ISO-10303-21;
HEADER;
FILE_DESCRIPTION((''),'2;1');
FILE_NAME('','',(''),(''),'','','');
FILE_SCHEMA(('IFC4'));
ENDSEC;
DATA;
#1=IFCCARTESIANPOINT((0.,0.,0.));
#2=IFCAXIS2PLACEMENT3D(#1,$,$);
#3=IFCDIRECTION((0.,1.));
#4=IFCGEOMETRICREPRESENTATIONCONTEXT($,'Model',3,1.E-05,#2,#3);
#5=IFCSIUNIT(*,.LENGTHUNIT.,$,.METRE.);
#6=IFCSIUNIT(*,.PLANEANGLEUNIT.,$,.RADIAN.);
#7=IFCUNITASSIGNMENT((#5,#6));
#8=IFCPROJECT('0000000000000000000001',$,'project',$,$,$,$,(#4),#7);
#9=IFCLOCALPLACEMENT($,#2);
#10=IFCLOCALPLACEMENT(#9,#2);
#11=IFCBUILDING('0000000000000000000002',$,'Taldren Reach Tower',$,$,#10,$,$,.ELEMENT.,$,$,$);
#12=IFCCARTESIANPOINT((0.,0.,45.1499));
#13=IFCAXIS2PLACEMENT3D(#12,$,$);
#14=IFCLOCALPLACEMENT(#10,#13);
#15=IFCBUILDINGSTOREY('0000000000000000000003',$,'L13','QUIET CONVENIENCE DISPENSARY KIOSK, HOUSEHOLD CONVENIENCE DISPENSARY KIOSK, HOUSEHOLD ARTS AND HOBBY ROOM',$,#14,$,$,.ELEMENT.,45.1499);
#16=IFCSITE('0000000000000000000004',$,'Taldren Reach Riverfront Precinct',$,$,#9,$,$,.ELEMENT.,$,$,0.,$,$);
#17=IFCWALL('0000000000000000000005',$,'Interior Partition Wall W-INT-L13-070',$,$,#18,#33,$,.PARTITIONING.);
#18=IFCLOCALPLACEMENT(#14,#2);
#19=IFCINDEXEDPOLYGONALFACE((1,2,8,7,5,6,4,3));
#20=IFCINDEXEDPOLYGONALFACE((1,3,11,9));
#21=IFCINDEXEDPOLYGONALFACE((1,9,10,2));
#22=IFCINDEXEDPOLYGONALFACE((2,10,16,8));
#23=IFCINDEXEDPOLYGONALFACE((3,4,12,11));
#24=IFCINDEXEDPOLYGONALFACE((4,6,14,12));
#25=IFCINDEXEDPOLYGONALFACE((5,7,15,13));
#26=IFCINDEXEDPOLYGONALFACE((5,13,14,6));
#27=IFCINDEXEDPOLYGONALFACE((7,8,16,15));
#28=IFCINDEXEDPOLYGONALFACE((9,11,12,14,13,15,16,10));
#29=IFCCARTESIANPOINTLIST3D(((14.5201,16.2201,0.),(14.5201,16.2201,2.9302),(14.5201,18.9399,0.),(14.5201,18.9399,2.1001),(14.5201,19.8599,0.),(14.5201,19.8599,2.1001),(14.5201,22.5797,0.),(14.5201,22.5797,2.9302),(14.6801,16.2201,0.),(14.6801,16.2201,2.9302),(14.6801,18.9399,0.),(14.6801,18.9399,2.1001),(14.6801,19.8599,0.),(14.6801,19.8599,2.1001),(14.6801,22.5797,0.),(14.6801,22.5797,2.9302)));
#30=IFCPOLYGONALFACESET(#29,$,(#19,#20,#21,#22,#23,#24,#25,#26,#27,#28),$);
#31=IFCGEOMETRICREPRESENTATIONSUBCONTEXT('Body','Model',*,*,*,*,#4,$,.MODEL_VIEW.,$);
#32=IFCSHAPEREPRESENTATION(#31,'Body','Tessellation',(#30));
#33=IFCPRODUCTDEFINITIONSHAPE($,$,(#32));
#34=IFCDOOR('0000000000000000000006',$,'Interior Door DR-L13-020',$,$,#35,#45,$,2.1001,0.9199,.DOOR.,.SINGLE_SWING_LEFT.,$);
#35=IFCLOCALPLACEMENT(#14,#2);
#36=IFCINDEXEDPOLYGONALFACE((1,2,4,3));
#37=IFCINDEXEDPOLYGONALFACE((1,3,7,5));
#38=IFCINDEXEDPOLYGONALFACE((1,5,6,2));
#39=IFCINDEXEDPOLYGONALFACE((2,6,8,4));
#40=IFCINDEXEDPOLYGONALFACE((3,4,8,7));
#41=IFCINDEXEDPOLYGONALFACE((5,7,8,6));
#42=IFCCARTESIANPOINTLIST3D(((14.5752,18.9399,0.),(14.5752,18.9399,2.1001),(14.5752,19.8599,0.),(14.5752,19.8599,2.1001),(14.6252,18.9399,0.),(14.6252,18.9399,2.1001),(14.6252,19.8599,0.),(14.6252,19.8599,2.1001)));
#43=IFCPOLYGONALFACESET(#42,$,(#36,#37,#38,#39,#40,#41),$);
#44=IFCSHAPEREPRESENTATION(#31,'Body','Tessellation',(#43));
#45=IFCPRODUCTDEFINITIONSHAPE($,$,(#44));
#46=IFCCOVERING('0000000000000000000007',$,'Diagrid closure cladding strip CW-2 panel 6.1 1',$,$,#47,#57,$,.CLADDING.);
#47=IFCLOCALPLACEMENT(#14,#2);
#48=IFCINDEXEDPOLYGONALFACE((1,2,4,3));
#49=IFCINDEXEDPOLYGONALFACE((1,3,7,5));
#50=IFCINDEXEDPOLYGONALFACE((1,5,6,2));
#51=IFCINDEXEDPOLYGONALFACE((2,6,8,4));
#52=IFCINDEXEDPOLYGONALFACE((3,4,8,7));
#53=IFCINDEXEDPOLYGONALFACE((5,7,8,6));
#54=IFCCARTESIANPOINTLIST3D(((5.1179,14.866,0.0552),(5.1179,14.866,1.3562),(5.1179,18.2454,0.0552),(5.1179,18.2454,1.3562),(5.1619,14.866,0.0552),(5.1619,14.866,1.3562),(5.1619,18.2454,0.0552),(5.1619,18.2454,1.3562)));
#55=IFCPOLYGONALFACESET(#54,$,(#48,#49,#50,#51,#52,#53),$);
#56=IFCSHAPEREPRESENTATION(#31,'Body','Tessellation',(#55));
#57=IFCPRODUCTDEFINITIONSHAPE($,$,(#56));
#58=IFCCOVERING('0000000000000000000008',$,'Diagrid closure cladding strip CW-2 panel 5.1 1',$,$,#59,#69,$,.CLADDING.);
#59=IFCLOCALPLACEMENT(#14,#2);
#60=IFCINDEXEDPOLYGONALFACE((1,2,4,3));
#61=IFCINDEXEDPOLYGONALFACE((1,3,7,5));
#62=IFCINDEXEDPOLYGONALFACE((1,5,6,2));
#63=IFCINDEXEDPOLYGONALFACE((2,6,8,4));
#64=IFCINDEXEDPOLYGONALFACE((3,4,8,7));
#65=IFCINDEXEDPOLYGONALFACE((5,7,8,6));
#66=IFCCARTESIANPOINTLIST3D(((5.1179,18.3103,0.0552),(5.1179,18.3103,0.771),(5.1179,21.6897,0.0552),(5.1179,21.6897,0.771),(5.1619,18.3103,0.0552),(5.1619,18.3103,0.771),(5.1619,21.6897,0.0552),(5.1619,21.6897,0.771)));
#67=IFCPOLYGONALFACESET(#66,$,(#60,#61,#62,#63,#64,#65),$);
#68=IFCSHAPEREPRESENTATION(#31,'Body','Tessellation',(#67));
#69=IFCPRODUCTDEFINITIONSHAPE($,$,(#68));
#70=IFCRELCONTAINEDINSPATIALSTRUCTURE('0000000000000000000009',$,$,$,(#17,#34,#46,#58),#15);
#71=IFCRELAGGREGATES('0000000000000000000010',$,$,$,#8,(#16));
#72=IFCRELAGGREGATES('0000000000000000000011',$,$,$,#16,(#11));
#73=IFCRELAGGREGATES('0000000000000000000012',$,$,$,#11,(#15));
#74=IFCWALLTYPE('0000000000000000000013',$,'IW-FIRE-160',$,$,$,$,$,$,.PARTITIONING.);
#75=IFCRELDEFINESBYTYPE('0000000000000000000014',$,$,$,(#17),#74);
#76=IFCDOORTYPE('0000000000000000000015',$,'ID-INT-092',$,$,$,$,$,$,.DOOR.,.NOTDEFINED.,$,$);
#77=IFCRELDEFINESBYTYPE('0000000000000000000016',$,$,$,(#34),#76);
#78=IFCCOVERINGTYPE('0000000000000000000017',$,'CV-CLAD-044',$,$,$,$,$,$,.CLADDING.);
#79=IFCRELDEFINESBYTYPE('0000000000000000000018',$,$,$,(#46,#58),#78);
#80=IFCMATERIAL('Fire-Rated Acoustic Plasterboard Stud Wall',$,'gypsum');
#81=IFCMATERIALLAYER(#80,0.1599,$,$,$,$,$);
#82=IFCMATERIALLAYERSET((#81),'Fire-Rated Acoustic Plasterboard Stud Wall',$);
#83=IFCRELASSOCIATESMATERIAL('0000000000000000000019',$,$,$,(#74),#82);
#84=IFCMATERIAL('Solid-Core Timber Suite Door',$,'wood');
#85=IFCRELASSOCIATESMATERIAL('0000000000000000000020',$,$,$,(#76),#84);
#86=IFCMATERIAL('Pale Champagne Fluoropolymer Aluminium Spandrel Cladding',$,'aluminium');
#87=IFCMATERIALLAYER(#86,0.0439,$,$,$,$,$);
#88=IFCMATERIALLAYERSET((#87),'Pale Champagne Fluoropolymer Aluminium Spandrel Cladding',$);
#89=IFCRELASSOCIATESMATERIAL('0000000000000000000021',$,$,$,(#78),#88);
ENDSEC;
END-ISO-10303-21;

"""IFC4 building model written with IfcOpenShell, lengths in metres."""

from ifc_helpers import new_model, si_unit, direction, frame, frame_2d, origin, origin_2d, place, context, subcontext, project, spatial, rectangle, extrude, source, transform, mapped, material, layer, layer_set, type_object, element, fill, save


model = new_model("IFC4")

# Units and contexts
model_context = context("Model", 3, precision=1e-05, world=origin(), true_north=direction((0.0, 1.0)))
body_context = subcontext(model_context, "Body", "Model", "MODEL_VIEW")
ifc_project = project(units=[si_unit("LENGTHUNIT", "METRE"), si_unit("PLANEANGLEUNIT", "RADIAN")], contexts=[model_context])

# Site, building, storey
site_placement = place(None, origin())
site = spatial("IfcSite", under=ifc_project, at=site_placement, Name="Taldren Reach Riverfront Precinct", CompositionType="ELEMENT", RefElevation=0.0)
building_placement = place(site_placement, origin())
building = spatial("IfcBuilding", under=site, at=building_placement, Name="Taldren Reach Tower", CompositionType="ELEMENT")
storey_placement = place(building_placement, frame((0.0, 0.0, 45.1499)))
storey = spatial("IfcBuildingStorey", under=building, at=storey_placement, Name="L13", Description="QUIET CONVENIENCE DISPENSARY KIOSK, HOUSEHOLD CONVENIENCE DISPENSARY KIOSK, HOUSEHOLD ARTS AND HOBBY ROOM", CompositionType="ELEMENT", Elevation=45.1499)

# Wall, opening, door
ifc_material_1 = material(Name="Fire-Rated Acoustic Plasterboard Stud Wall", Category="gypsum")
ifc_layer_1 = layer(ifc_material_1, 0.1599)
ifc_layer_set_1 = layer_set([ifc_layer_1], Name="Fire-Rated Acoustic Plasterboard Stud Wall")
wall_type_1 = type_object("IfcWallType", Name="IW-FIRE-160", PredefinedType="PARTITIONING", material=ifc_layer_set_1)
shared_shape_1 = source(origin(), body_context, "Body", "SweptSolid", [
    extrude(rectangle(XDim=6.3596, YDim=0.1599, at=frame_2d((3.1797, 0.0))), origin(), (0.0, 0.0, 1.0), 2.9302),
])
wall_1_placement = place(storey_placement, frame((14.6001, 16.2202, 0.0), z_axis=(0.0, 0.0, 1.0), x_axis=(0.0, 1.0, 0.0)))
wall_1 = element("IfcWall", 1, at=wall_1_placement, inside=storey, type_object=wall_type_1, Name="Interior Partition Wall W-INT-L13-070", PredefinedType="PARTITIONING", context=body_context, shape_type="MappedRepresentation", body=[
    mapped(shared_shape_1, transform((0.0, 0.0, 0.0), scale=1.0)),
])
shared_shape_2 = source(origin(), body_context, "Body", "SweptSolid", [
    extrude(rectangle(XDim=0.9199, YDim=2.1001, at=frame_2d((0.46, 1.05))), frame((0.0, 0.0898, 0.0), z_axis=(0.0, -1.0, 0.0), x_axis=(1.0, 0.0, 0.0)), (0.0, 0.0, 1.0), 0.1799),
])
opening_placement = place(wall_1_placement, frame((2.7197, 0.0, 0.0)))
opening = element("IfcOpeningElement", 2, at=opening_placement, cuts=wall_1, PredefinedType="OPENING", context=body_context, shape_type="MappedRepresentation", body=[
    mapped(shared_shape_2, transform((0.0, 0.0, 0.0), scale=1.0)),
])
ifc_material_2 = material(Name="Solid-Core Timber Suite Door", Category="wood")
door_type = type_object("IfcDoorType", Name="ID-INT-092", OperationType="NOTDEFINED", PredefinedType="DOOR", material=ifc_material_2)
shared_shape_3 = source(origin(), body_context, "Body", "SweptSolid", [
    extrude(rectangle(XDim=0.9199, YDim=2.1001, at=frame_2d((0.46, 1.05))), frame((0.0, 0.0249, 0.0), z_axis=(0.0, -1.0, 0.0), x_axis=(1.0, 0.0, 0.0)), (0.0, 0.0, 1.0), 0.05),
])
door_placement = place(opening_placement, origin())
door = element("IfcDoor", 3, at=door_placement, inside=storey, type_object=door_type, Name="Interior Door DR-L13-020", OperationType="SINGLE_SWING_LEFT", OverallHeight=2.1001, OverallWidth=0.9199, PredefinedType="DOOR", context=body_context, shape_type="MappedRepresentation", body=[
    mapped(shared_shape_3, transform((0.0, 0.0, 0.0), scale=1.0)),
])
fill(opening, door)

# Coverings
ifc_material_3 = material(Name="Pale Champagne Fluoropolymer Aluminium Spandrel Cladding", Category="aluminium")
ifc_layer_2 = layer(ifc_material_3, 0.0439)
ifc_layer_set_2 = layer_set([ifc_layer_2], Name="Pale Champagne Fluoropolymer Aluminium Spandrel Cladding")
covering_type = type_object("IfcCoveringType", Name="CV-CLAD-044", PredefinedType="CLADDING", material=ifc_layer_set_2)
shared_shape_4 = source(origin(), body_context, "Body", "SweptSolid", [
    extrude(rectangle(XDim=3.3794, YDim=0.0439, at=origin_2d()), origin(), (0.0, 0.0, 1.0), 1.301),
])
covering_1_placement = place(storey_placement, frame((5.1399, 16.5557, 0.0552), z_axis=(0.0, 0.0, 1.0), x_axis=(0.0, -1.0, 0.0)))
element("IfcCovering", 4, at=covering_1_placement, inside=storey, type_object=covering_type, Name="Diagrid closure cladding strip CW-2 panel 6.1 1", PredefinedType="CLADDING", context=body_context, shape_type="MappedRepresentation", body=[
    mapped(shared_shape_4, transform((0.0, 0.0, 0.0), scale=1.0)),
])
shared_shape_5 = source(origin(), body_context, "Body", "SweptSolid", [
    extrude(rectangle(XDim=3.3794, YDim=0.0439, at=origin_2d()), origin(), (0.0, 0.0, 1.0), 0.7158),
])
covering_2_placement = place(storey_placement, frame((5.1399, 20.0, 0.0552), z_axis=(0.0, 0.0, 1.0), x_axis=(0.0, -1.0, 0.0)))
element("IfcCovering", 5, at=covering_2_placement, inside=storey, type_object=covering_type, Name="Diagrid closure cladding strip CW-2 panel 5.1 1", PredefinedType="CLADDING", context=body_context, shape_type="MappedRepresentation", body=[
    mapped(shared_shape_5, transform((0.0, 0.0, 0.0), scale=1.0)),
])

save(model, "model.ifc")
